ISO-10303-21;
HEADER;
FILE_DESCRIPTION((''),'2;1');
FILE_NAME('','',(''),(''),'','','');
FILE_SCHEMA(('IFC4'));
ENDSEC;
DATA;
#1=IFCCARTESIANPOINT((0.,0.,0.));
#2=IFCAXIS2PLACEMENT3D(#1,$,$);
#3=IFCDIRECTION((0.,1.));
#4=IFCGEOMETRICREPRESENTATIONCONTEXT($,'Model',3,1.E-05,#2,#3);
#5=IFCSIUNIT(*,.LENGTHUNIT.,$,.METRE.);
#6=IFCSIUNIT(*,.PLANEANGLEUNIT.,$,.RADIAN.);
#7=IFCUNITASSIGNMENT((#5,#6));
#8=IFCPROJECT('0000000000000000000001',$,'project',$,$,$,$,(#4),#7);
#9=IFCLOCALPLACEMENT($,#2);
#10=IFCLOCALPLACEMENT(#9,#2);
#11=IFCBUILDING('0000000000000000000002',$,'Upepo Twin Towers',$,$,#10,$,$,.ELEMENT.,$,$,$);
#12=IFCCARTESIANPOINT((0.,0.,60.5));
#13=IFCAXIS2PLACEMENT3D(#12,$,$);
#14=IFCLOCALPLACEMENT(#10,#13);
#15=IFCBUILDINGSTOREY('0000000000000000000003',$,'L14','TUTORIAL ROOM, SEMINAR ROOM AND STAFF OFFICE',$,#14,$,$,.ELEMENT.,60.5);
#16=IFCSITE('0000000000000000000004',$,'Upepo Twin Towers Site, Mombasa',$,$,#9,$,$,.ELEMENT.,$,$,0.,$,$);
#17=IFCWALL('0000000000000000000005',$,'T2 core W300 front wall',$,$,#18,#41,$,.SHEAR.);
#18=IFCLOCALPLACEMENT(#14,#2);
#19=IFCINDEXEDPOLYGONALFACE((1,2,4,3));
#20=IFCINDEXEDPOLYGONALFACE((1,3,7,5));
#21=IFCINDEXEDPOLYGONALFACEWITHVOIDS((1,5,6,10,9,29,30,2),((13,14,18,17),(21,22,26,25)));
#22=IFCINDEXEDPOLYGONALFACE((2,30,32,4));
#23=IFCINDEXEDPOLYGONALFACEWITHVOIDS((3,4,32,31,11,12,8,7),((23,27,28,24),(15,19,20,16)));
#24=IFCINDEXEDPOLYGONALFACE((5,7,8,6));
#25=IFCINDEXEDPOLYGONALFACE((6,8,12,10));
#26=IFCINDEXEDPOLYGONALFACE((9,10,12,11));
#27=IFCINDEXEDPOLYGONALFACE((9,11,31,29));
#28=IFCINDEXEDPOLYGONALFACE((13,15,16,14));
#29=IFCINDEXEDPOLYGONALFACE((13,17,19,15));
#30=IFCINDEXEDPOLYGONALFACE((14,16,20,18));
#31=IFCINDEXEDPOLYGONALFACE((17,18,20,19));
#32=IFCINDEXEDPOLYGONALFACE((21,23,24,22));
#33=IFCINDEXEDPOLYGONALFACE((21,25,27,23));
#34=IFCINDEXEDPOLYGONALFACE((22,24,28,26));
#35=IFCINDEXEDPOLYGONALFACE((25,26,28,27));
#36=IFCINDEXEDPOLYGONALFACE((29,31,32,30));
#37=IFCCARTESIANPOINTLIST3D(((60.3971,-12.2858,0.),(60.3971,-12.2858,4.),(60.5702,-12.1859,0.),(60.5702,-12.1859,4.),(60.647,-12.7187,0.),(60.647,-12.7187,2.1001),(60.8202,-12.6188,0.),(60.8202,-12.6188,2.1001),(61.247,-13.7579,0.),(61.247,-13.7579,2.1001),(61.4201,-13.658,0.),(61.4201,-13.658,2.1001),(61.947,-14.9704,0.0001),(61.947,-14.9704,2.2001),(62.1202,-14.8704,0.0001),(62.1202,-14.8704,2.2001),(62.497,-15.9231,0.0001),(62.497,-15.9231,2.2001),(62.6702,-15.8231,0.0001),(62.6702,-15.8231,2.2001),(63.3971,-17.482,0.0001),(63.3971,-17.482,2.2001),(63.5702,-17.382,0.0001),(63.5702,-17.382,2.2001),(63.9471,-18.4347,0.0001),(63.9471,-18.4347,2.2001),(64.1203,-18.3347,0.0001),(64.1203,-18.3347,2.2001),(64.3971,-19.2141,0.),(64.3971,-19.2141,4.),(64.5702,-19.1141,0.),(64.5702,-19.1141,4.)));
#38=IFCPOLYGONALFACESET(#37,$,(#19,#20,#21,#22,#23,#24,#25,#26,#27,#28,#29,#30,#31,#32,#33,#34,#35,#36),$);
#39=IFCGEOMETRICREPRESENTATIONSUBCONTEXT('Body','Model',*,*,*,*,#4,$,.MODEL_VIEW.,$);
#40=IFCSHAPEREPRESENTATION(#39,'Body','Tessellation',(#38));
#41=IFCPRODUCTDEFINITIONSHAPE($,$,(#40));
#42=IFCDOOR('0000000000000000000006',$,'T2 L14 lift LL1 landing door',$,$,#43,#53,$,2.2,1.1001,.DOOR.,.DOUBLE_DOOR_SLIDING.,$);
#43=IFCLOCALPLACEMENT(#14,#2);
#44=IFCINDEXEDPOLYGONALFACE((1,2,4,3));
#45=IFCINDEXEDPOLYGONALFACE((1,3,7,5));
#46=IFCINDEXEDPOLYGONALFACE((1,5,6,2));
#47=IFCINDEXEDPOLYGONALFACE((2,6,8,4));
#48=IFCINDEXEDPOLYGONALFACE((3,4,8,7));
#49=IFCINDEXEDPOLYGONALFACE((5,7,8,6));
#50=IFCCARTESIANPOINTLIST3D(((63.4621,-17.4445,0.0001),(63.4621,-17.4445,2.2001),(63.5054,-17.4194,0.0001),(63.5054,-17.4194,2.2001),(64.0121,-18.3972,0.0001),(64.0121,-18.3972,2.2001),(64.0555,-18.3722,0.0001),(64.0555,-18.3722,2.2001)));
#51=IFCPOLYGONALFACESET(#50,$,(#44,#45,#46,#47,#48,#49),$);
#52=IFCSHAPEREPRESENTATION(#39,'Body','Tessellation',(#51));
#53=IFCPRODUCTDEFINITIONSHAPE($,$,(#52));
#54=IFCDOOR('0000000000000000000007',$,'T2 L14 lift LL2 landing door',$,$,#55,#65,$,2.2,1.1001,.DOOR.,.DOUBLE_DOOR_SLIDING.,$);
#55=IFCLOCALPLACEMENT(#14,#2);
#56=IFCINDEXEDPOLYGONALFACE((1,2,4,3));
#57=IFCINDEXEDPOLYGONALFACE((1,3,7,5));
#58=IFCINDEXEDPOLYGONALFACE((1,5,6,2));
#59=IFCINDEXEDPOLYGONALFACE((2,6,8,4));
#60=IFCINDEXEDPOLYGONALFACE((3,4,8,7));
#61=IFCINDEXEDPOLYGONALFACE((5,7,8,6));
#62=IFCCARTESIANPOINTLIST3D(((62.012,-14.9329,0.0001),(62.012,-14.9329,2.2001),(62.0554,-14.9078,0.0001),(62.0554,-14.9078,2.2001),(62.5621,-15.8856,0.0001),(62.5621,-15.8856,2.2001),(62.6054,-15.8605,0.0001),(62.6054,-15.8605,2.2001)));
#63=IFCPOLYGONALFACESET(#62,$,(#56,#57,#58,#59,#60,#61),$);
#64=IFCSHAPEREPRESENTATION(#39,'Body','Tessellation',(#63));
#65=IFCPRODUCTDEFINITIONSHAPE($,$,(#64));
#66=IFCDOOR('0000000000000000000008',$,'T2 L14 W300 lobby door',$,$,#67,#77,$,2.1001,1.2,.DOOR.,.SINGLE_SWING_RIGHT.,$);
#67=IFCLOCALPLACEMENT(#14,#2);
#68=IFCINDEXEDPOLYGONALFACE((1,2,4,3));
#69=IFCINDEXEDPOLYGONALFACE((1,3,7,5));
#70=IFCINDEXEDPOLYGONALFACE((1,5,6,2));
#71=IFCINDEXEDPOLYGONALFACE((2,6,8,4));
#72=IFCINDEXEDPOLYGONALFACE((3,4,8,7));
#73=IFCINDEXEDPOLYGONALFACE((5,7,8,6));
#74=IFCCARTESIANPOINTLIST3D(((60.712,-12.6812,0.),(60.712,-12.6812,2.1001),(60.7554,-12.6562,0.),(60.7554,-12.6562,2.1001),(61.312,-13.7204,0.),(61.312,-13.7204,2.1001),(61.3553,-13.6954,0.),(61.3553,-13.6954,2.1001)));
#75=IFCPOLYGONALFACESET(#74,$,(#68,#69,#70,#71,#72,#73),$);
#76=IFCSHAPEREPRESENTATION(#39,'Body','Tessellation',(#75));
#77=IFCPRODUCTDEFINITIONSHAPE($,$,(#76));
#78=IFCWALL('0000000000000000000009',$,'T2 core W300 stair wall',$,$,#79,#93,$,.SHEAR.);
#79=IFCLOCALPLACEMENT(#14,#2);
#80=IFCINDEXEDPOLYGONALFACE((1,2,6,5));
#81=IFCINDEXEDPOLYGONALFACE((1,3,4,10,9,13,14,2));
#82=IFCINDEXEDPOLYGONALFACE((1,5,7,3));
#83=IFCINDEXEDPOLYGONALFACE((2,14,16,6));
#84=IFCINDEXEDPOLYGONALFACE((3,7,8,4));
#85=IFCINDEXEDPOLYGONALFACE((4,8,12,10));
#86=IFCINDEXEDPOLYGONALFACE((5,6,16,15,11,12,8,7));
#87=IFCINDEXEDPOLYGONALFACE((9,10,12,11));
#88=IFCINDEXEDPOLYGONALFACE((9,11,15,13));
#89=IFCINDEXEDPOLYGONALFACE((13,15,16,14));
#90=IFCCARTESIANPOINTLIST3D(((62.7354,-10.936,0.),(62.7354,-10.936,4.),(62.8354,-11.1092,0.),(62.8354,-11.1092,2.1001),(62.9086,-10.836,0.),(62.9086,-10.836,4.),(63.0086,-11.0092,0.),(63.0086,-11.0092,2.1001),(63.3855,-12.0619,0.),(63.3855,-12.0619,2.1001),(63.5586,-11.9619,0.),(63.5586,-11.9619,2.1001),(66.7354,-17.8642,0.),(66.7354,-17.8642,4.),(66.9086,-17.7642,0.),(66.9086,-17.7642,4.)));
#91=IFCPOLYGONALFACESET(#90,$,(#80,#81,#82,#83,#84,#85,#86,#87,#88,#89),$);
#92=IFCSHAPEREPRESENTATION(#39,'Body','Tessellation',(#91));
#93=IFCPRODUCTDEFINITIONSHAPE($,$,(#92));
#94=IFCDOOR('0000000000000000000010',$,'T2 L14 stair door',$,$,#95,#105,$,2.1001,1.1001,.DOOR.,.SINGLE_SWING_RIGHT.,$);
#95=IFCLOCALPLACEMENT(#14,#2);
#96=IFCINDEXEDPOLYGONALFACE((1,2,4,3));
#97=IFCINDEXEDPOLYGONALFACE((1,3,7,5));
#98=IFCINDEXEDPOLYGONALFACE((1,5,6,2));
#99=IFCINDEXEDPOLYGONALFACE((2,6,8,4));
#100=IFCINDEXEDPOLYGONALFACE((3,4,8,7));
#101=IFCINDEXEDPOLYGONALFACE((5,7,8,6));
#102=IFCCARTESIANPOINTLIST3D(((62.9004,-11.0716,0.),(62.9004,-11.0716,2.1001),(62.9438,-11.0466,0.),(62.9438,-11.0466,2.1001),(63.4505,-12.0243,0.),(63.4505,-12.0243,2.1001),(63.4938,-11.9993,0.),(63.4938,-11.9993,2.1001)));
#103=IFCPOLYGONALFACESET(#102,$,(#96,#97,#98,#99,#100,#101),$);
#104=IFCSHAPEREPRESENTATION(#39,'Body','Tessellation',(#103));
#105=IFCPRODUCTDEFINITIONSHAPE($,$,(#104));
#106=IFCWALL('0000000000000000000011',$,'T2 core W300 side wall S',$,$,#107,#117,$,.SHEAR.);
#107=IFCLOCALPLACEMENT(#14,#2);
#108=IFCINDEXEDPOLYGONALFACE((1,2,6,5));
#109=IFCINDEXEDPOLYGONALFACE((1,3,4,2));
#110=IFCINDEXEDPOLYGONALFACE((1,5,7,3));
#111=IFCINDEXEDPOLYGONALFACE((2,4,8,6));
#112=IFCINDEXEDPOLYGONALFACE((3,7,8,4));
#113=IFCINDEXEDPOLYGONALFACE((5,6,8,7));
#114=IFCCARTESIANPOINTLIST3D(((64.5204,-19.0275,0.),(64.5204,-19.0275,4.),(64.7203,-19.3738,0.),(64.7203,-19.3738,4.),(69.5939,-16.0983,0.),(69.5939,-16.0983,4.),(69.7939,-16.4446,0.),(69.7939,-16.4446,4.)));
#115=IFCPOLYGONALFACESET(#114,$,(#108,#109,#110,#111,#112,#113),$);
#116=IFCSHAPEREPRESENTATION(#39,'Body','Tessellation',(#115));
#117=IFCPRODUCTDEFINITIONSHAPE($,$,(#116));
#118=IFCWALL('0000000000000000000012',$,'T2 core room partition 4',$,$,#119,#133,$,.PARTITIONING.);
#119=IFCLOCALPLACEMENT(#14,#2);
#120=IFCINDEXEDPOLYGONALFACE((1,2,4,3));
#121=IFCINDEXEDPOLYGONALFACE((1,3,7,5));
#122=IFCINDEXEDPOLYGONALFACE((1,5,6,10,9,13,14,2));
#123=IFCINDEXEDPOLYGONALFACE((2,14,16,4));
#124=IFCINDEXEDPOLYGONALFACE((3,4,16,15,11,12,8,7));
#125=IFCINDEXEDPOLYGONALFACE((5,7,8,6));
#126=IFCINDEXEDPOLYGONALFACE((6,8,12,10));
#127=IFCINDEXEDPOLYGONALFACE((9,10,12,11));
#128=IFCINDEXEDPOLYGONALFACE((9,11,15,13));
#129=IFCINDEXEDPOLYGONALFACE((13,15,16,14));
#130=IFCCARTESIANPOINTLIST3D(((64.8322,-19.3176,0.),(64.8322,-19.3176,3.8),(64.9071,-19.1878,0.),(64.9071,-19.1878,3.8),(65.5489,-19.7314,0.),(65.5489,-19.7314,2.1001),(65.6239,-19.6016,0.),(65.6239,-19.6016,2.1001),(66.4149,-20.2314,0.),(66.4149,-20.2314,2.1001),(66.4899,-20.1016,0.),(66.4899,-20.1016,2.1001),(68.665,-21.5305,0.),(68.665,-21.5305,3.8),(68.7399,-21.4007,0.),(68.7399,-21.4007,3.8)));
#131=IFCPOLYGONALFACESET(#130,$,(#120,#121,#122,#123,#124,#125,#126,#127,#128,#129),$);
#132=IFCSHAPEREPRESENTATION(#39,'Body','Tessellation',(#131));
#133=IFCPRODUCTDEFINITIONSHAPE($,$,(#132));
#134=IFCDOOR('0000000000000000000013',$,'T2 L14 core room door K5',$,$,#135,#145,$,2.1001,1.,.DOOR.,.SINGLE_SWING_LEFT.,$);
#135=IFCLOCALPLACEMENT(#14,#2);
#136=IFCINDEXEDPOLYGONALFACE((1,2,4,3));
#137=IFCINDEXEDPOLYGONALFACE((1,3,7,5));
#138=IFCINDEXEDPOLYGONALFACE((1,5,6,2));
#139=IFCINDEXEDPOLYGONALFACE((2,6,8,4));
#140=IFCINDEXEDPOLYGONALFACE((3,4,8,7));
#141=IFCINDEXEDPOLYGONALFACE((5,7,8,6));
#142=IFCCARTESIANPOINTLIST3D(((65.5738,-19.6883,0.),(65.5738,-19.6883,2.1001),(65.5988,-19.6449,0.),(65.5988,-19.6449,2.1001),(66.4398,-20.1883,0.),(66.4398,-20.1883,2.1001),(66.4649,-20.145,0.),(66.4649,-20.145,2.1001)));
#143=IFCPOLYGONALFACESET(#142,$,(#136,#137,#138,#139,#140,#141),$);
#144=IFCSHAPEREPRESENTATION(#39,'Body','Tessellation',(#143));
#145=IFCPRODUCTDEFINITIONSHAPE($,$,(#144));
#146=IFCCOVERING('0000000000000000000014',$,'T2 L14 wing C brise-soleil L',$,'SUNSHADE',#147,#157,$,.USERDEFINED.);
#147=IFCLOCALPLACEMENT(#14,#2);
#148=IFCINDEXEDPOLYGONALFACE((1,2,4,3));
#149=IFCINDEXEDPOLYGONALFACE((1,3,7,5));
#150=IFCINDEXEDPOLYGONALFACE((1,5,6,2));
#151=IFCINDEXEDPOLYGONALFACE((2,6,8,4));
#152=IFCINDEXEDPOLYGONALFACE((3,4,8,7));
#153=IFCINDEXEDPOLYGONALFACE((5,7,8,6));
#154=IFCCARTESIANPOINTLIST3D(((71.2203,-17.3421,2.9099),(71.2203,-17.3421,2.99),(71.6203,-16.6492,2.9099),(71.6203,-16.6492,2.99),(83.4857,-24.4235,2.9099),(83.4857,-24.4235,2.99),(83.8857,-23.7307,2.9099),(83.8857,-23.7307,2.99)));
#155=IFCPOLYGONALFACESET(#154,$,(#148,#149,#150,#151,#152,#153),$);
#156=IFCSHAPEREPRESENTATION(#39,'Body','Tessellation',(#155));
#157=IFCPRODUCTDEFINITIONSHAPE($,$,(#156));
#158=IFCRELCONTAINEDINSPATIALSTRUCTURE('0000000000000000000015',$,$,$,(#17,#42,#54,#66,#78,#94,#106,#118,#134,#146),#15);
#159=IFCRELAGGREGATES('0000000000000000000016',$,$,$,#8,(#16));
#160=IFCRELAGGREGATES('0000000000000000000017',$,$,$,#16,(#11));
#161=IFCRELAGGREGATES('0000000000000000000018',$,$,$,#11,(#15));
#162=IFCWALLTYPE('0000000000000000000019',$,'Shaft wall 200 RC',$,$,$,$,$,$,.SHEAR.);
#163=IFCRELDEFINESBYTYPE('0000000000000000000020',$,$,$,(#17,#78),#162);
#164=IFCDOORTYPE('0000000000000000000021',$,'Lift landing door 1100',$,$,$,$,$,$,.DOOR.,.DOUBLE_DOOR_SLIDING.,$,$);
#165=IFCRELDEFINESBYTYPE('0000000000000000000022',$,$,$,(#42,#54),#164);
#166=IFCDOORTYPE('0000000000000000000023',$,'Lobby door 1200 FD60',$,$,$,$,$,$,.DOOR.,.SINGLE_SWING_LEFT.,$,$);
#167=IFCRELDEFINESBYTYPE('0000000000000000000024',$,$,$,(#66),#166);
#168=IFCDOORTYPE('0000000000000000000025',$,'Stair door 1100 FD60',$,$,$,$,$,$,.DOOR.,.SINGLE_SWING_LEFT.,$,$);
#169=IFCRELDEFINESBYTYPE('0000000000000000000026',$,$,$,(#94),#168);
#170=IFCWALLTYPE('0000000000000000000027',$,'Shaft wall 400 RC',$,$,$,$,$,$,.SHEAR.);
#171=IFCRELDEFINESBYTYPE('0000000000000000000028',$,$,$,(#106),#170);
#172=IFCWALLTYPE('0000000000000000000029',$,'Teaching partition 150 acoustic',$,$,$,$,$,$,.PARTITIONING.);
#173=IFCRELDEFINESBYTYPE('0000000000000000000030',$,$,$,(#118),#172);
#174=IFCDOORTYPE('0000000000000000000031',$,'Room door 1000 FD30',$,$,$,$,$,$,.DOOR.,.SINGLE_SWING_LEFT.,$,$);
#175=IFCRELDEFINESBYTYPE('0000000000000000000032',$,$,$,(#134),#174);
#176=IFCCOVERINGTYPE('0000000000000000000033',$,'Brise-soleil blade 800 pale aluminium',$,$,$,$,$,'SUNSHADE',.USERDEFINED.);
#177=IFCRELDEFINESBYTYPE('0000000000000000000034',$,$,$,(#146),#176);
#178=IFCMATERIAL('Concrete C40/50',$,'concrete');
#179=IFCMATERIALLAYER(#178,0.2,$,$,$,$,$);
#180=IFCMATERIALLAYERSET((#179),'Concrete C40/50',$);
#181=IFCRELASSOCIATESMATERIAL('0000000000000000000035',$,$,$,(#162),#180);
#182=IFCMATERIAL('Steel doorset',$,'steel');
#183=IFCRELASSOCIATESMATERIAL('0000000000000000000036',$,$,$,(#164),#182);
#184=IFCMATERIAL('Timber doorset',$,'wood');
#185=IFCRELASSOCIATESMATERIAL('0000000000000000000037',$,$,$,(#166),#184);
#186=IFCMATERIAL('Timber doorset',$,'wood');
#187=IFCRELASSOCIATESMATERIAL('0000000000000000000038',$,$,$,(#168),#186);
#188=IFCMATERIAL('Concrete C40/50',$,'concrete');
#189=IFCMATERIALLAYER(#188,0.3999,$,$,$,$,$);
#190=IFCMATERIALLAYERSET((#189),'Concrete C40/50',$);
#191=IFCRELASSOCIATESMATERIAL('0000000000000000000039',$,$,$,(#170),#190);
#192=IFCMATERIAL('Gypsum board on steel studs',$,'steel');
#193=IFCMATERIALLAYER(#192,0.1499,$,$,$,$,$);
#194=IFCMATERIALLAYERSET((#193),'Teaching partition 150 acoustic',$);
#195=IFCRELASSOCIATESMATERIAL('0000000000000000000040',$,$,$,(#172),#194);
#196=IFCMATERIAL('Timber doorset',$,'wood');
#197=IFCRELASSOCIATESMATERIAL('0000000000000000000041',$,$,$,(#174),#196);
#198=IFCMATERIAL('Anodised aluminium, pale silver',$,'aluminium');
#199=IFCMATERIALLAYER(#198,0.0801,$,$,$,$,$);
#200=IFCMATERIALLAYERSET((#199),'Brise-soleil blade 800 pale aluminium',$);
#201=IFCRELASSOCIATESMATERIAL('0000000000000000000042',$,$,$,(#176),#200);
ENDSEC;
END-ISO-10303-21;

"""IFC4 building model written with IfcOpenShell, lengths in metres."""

from ifc_helpers import new_model, si_unit, direction, frame, frame_2d, origin, origin_2d, place, context, subcontext, project, spatial, rectangle, extrude, material, layer, layer_set, type_object, element, fill, save


model = new_model("IFC4")

# Units and contexts
model_context = context("Model", 3, precision=1e-05, world=origin(), true_north=direction((0.0, 1.0)))
body_context = subcontext(model_context, "Body", "Model", "MODEL_VIEW")
ifc_project = project(units=[si_unit("LENGTHUNIT", "METRE"), si_unit("PLANEANGLEUNIT", "RADIAN")], contexts=[model_context])

# Site, building, storey
site_placement = place(None, origin())
site = spatial("IfcSite", under=ifc_project, at=site_placement, Name="Upepo Twin Towers Site, Mombasa", CompositionType="ELEMENT", RefElevation=0.0)
building_placement = place(site_placement, origin())
building = spatial("IfcBuilding", under=site, at=building_placement, Name="Upepo Twin Towers", CompositionType="ELEMENT")
storey_placement = place(building_placement, frame((0.0, 0.0, 60.5)))
storey = spatial("IfcBuildingStorey", under=building, at=storey_placement, Name="L14", Description="TUTORIAL ROOM, SEMINAR ROOM AND STAFF OFFICE", CompositionType="ELEMENT", Elevation=60.5)

# Wall, openings, doors
ifc_material_1 = material(Name="Concrete C40/50", Category="concrete")
ifc_layer_1 = layer(ifc_material_1, 0.2)
ifc_layer_set_1 = layer_set([ifc_layer_1], Name="Concrete C40/50")
wall_type_1 = type_object("IfcWallType", Name="Shaft wall 200 RC", PredefinedType="SHEAR", material=ifc_layer_set_1)
wall_1_placement = place(storey_placement, frame((64.4836, -19.1641, 0.0), z_axis=(0.0, 0.0, 1.0), x_axis=(-0.499999, 0.866026, 0.0)))
wall_1 = element("IfcWall", 1, at=wall_1_placement, inside=storey, type_object=wall_type_1, Name="T2 core W300 front wall", PredefinedType="SHEAR", context=body_context, shape_type="SweptSolid", body=[
    extrude(rectangle(XDim=8.0, YDim=0.2, at=frame_2d((4.0, 0.0))), origin(), (0.0, 0.0, 1.0), 4.0),
])
opening_1_placement = place(wall_1_placement, frame((6.3, 0.0, 0.0)))
opening_1 = element("IfcOpeningElement", 2, at=opening_1_placement, cuts=wall_1, PredefinedType="OPENING", context=body_context, shape_type="SweptSolid", body=[
    extrude(rectangle(XDim=1.2, YDim=2.1001, at=frame_2d((0.6001, 1.05))), frame((0.0, 0.1099, 0.0), z_axis=(0.0, -1.0, 0.0), x_axis=(1.0, 0.0, 0.0)), (0.0, 0.0, 1.0), 0.22),
])
opening_2_placement = place(wall_1_placement, frame((0.8999, 0.0, 0.0)))
opening_2 = element("IfcOpeningElement", 3, at=opening_2_placement, cuts=wall_1, PredefinedType="OPENING", context=body_context, shape_type="SweptSolid", body=[
    extrude(rectangle(XDim=1.1001, YDim=2.2, at=frame_2d((0.55, 1.1001))), frame((0.0, 0.1099, 0.0), z_axis=(0.0, -1.0, 0.0), x_axis=(1.0, 0.0, 0.0)), (0.0, 0.0, 1.0), 0.22),
])
opening_3_placement = place(wall_1_placement, frame((3.8, 0.0, 0.0)))
opening_3 = element("IfcOpeningElement", 4, at=opening_3_placement, cuts=wall_1, PredefinedType="OPENING", context=body_context, shape_type="SweptSolid", body=[
    extrude(rectangle(XDim=1.1001, YDim=2.2, at=frame_2d((0.55, 1.1001))), frame((0.0, 0.1099, 0.0), z_axis=(0.0, -1.0, 0.0), x_axis=(1.0, 0.0, 0.0)), (0.0, 0.0, 1.0), 0.22),
])
ifc_material_2 = material(Name="Steel doorset", Category="steel")
door_type_1 = type_object("IfcDoorType", Name="Lift landing door 1100", OperationType="DOUBLE_DOOR_SLIDING", PredefinedType="DOOR", material=ifc_material_2)
door_1_placement = place(opening_2_placement, origin())
door_1 = element("IfcDoor", 5, at=door_1_placement, inside=storey, type_object=door_type_1, Name="T2 L14 lift LL1 landing door", OperationType="DOUBLE_DOOR_SLIDING", OverallHeight=2.2, OverallWidth=1.1001, PredefinedType="DOOR", context=body_context, shape_type="SweptSolid", body=[
    extrude(rectangle(XDim=1.1001, YDim=2.2, at=frame_2d((0.55, 1.1001))), frame((0.0, 0.0249, 0.0), z_axis=(0.0, -1.0, 0.0), x_axis=(1.0, 0.0, 0.0)), (0.0, 0.0, 1.0), 0.05),
])
fill(opening_2, door_1)
door_2_placement = place(opening_3_placement, origin())
door_2 = element("IfcDoor", 6, at=door_2_placement, inside=storey, type_object=door_type_1, Name="T2 L14 lift LL2 landing door", OperationType="DOUBLE_DOOR_SLIDING", OverallHeight=2.2, OverallWidth=1.1001, PredefinedType="DOOR", context=body_context, shape_type="SweptSolid", body=[
    extrude(rectangle(XDim=1.1001, YDim=2.2, at=frame_2d((0.55, 1.1001))), frame((0.0, 0.0249, 0.0), z_axis=(0.0, -1.0, 0.0), x_axis=(1.0, 0.0, 0.0)), (0.0, 0.0, 1.0), 0.05),
])
fill(opening_3, door_2)
ifc_material_3 = material(Name="Timber doorset", Category="wood")
door_type_2 = type_object("IfcDoorType", Name="Lobby door 1200 FD60", OperationType="SINGLE_SWING_LEFT", PredefinedType="DOOR", material=ifc_material_3)
door_3_placement = place(opening_1_placement, origin())
door_3 = element("IfcDoor", 7, at=door_3_placement, inside=storey, type_object=door_type_2, Name="T2 L14 W300 lobby door", OperationType="SINGLE_SWING_RIGHT", OverallHeight=2.1001, OverallWidth=1.2, PredefinedType="DOOR", context=body_context, shape_type="SweptSolid", body=[
    extrude(rectangle(XDim=1.2, YDim=2.1001, at=frame_2d((0.6001, 1.05))), frame((0.0, 0.0249, 0.0), z_axis=(0.0, -1.0, 0.0), x_axis=(1.0, 0.0, 0.0)), (0.0, 0.0, 1.0), 0.05),
])
fill(opening_1, door_3)

# Wall, opening, door
wall_2_placement = place(storey_placement, frame((66.822, -17.8142, 0.0), z_axis=(0.0, 0.0, 1.0), x_axis=(-0.499999, 0.866026, 0.0)))
wall_2 = element("IfcWall", 8, at=wall_2_placement, inside=storey, type_object=wall_type_1, Name="T2 core W300 stair wall", PredefinedType="SHEAR", context=body_context, shape_type="SweptSolid", body=[
    extrude(rectangle(XDim=8.0, YDim=0.2, at=frame_2d((4.0, 0.0))), origin(), (0.0, 0.0, 1.0), 4.0),
])
opening_4_placement = place(wall_2_placement, frame((6.7, 0.0, 0.0)))
opening_4 = element("IfcOpeningElement", 9, at=opening_4_placement, cuts=wall_2, PredefinedType="OPENING", context=body_context, shape_type="SweptSolid", body=[
    extrude(rectangle(XDim=1.1001, YDim=2.1001, at=frame_2d((0.55, 1.05))), frame((0.0, 0.1099, 0.0), z_axis=(0.0, -1.0, 0.0), x_axis=(1.0, 0.0, 0.0)), (0.0, 0.0, 1.0), 0.22),
])
ifc_material_4 = material(Name="Timber doorset", Category="wood")
door_type_3 = type_object("IfcDoorType", Name="Stair door 1100 FD60", OperationType="SINGLE_SWING_LEFT", PredefinedType="DOOR", material=ifc_material_4)
door_4_placement = place(opening_4_placement, origin())
door_4 = element("IfcDoor", 10, at=door_4_placement, inside=storey, type_object=door_type_3, Name="T2 L14 stair door", OperationType="SINGLE_SWING_RIGHT", OverallHeight=2.1001, OverallWidth=1.1001, PredefinedType="DOOR", context=body_context, shape_type="SweptSolid", body=[
    extrude(rectangle(XDim=1.1001, YDim=2.1001, at=frame_2d((0.55, 1.05))), frame((0.0, 0.0249, 0.0), z_axis=(0.0, -1.0, 0.0), x_axis=(1.0, 0.0, 0.0)), (0.0, 0.0, 1.0), 0.05),
])
fill(opening_4, door_4)

# Wall
ifc_material_5 = material(Name="Concrete C40/50", Category="concrete")
ifc_layer_2 = layer(ifc_material_5, 0.3999)
ifc_layer_set_2 = layer_set([ifc_layer_2], Name="Concrete C40/50")
wall_type_2 = type_object("IfcWallType", Name="Shaft wall 400 RC", PredefinedType="SHEAR", material=ifc_layer_set_2)
wall_3_placement = place(storey_placement, frame((64.6204, -19.2007, 0.0), z_axis=(0.0, 0.0, 1.0), x_axis=(0.866024, 0.500003, 0.0)))
element("IfcWall", 11, at=wall_3_placement, inside=storey, type_object=wall_type_2, Name="T2 core W300 side wall S", PredefinedType="SHEAR", context=body_context, shape_type="SweptSolid", body=[
    extrude(rectangle(XDim=5.8584, YDim=0.3999, at=frame_2d((2.9292, 0.0))), origin(), (0.0, 0.0, 1.0), 4.0),
])

# Wall, opening, door
ifc_material_6 = material(Name="Gypsum board on steel studs", Category="steel")
ifc_layer_3 = layer(ifc_material_6, 0.1499)
ifc_layer_set_3 = layer_set([ifc_layer_3], Name="Teaching partition 150 acoustic")
wall_type_3 = type_object("IfcWallType", Name="Teaching partition 150 acoustic", PredefinedType="PARTITIONING", material=ifc_layer_set_3)
wall_4_placement = place(storey_placement, frame((64.8696, -19.2527, 0.0), z_axis=(0.0, 0.0, 1.0), x_axis=(0.866021, -0.500007, 0.0)))
wall_4 = element("IfcWall", 12, at=wall_4_placement, inside=storey, type_object=wall_type_3, Name="T2 core room partition 4", PredefinedType="PARTITIONING", context=body_context, shape_type="SweptSolid", body=[
    extrude(rectangle(XDim=4.4258, YDim=0.1499, at=frame_2d((2.2129, 0.0))), origin(), (0.0, 0.0, 1.0), 3.8),
])
opening_5_placement = place(wall_4_placement, frame((0.8276, 0.0, 0.0)))
opening_5 = element("IfcOpeningElement", 13, at=opening_5_placement, cuts=wall_4, PredefinedType="OPENING", context=body_context, shape_type="SweptSolid", body=[
    extrude(rectangle(XDim=1.0, YDim=2.1001, at=frame_2d((0.5, 1.05))), frame((0.0, 0.085, 0.0), z_axis=(0.0, -1.0, 0.0), x_axis=(1.0, 0.0, 0.0)), (0.0, 0.0, 1.0), 0.1699),
])
ifc_material_7 = material(Name="Timber doorset", Category="wood")
door_type_4 = type_object("IfcDoorType", Name="Room door 1000 FD30", OperationType="SINGLE_SWING_LEFT", PredefinedType="DOOR", material=ifc_material_7)
door_5_placement = place(opening_5_placement, origin())
door_5 = element("IfcDoor", 14, at=door_5_placement, inside=storey, type_object=door_type_4, Name="T2 L14 core room door K5", OperationType="SINGLE_SWING_LEFT", OverallHeight=2.1001, OverallWidth=1.0, PredefinedType="DOOR", context=body_context, shape_type="SweptSolid", body=[
    extrude(rectangle(XDim=1.0, YDim=2.1001, at=frame_2d((0.5, 1.05))), frame((0.0, 0.0249, 0.0), z_axis=(0.0, -1.0, 0.0), x_axis=(1.0, 0.0, 0.0)), (0.0, 0.0, 1.0), 0.05),
])
fill(opening_5, door_5)

# Covering
ifc_material_8 = material(Name="Anodised aluminium, pale silver", Category="aluminium")
ifc_layer_4 = layer(ifc_material_8, 0.0801)
ifc_layer_set_4 = layer_set([ifc_layer_4], Name="Brise-soleil blade 800 pale aluminium")
covering_type = type_object("IfcCoveringType", Name="Brise-soleil blade 800 pale aluminium", ElementType="SUNSHADE", PredefinedType="USERDEFINED", material=ifc_layer_set_4)
covering_placement = place(storey_placement, frame((77.553, -20.5364, 2.9099), z_axis=(0.0, 0.0, 1.0), x_axis=(0.866025, -0.5, 0.0)))
element("IfcCovering", 15, at=covering_placement, inside=storey, type_object=covering_type, Name="T2 L14 wing C brise-soleil L", ObjectType="SUNSHADE", PredefinedType="USERDEFINED", context=body_context, shape_type="SweptSolid", body=[
    extrude(rectangle(XDim=14.1628, YDim=0.8, at=origin_2d()), origin(), (0.0, 0.0, 1.0), 0.0801),
])

save(model, "model.ifc")
